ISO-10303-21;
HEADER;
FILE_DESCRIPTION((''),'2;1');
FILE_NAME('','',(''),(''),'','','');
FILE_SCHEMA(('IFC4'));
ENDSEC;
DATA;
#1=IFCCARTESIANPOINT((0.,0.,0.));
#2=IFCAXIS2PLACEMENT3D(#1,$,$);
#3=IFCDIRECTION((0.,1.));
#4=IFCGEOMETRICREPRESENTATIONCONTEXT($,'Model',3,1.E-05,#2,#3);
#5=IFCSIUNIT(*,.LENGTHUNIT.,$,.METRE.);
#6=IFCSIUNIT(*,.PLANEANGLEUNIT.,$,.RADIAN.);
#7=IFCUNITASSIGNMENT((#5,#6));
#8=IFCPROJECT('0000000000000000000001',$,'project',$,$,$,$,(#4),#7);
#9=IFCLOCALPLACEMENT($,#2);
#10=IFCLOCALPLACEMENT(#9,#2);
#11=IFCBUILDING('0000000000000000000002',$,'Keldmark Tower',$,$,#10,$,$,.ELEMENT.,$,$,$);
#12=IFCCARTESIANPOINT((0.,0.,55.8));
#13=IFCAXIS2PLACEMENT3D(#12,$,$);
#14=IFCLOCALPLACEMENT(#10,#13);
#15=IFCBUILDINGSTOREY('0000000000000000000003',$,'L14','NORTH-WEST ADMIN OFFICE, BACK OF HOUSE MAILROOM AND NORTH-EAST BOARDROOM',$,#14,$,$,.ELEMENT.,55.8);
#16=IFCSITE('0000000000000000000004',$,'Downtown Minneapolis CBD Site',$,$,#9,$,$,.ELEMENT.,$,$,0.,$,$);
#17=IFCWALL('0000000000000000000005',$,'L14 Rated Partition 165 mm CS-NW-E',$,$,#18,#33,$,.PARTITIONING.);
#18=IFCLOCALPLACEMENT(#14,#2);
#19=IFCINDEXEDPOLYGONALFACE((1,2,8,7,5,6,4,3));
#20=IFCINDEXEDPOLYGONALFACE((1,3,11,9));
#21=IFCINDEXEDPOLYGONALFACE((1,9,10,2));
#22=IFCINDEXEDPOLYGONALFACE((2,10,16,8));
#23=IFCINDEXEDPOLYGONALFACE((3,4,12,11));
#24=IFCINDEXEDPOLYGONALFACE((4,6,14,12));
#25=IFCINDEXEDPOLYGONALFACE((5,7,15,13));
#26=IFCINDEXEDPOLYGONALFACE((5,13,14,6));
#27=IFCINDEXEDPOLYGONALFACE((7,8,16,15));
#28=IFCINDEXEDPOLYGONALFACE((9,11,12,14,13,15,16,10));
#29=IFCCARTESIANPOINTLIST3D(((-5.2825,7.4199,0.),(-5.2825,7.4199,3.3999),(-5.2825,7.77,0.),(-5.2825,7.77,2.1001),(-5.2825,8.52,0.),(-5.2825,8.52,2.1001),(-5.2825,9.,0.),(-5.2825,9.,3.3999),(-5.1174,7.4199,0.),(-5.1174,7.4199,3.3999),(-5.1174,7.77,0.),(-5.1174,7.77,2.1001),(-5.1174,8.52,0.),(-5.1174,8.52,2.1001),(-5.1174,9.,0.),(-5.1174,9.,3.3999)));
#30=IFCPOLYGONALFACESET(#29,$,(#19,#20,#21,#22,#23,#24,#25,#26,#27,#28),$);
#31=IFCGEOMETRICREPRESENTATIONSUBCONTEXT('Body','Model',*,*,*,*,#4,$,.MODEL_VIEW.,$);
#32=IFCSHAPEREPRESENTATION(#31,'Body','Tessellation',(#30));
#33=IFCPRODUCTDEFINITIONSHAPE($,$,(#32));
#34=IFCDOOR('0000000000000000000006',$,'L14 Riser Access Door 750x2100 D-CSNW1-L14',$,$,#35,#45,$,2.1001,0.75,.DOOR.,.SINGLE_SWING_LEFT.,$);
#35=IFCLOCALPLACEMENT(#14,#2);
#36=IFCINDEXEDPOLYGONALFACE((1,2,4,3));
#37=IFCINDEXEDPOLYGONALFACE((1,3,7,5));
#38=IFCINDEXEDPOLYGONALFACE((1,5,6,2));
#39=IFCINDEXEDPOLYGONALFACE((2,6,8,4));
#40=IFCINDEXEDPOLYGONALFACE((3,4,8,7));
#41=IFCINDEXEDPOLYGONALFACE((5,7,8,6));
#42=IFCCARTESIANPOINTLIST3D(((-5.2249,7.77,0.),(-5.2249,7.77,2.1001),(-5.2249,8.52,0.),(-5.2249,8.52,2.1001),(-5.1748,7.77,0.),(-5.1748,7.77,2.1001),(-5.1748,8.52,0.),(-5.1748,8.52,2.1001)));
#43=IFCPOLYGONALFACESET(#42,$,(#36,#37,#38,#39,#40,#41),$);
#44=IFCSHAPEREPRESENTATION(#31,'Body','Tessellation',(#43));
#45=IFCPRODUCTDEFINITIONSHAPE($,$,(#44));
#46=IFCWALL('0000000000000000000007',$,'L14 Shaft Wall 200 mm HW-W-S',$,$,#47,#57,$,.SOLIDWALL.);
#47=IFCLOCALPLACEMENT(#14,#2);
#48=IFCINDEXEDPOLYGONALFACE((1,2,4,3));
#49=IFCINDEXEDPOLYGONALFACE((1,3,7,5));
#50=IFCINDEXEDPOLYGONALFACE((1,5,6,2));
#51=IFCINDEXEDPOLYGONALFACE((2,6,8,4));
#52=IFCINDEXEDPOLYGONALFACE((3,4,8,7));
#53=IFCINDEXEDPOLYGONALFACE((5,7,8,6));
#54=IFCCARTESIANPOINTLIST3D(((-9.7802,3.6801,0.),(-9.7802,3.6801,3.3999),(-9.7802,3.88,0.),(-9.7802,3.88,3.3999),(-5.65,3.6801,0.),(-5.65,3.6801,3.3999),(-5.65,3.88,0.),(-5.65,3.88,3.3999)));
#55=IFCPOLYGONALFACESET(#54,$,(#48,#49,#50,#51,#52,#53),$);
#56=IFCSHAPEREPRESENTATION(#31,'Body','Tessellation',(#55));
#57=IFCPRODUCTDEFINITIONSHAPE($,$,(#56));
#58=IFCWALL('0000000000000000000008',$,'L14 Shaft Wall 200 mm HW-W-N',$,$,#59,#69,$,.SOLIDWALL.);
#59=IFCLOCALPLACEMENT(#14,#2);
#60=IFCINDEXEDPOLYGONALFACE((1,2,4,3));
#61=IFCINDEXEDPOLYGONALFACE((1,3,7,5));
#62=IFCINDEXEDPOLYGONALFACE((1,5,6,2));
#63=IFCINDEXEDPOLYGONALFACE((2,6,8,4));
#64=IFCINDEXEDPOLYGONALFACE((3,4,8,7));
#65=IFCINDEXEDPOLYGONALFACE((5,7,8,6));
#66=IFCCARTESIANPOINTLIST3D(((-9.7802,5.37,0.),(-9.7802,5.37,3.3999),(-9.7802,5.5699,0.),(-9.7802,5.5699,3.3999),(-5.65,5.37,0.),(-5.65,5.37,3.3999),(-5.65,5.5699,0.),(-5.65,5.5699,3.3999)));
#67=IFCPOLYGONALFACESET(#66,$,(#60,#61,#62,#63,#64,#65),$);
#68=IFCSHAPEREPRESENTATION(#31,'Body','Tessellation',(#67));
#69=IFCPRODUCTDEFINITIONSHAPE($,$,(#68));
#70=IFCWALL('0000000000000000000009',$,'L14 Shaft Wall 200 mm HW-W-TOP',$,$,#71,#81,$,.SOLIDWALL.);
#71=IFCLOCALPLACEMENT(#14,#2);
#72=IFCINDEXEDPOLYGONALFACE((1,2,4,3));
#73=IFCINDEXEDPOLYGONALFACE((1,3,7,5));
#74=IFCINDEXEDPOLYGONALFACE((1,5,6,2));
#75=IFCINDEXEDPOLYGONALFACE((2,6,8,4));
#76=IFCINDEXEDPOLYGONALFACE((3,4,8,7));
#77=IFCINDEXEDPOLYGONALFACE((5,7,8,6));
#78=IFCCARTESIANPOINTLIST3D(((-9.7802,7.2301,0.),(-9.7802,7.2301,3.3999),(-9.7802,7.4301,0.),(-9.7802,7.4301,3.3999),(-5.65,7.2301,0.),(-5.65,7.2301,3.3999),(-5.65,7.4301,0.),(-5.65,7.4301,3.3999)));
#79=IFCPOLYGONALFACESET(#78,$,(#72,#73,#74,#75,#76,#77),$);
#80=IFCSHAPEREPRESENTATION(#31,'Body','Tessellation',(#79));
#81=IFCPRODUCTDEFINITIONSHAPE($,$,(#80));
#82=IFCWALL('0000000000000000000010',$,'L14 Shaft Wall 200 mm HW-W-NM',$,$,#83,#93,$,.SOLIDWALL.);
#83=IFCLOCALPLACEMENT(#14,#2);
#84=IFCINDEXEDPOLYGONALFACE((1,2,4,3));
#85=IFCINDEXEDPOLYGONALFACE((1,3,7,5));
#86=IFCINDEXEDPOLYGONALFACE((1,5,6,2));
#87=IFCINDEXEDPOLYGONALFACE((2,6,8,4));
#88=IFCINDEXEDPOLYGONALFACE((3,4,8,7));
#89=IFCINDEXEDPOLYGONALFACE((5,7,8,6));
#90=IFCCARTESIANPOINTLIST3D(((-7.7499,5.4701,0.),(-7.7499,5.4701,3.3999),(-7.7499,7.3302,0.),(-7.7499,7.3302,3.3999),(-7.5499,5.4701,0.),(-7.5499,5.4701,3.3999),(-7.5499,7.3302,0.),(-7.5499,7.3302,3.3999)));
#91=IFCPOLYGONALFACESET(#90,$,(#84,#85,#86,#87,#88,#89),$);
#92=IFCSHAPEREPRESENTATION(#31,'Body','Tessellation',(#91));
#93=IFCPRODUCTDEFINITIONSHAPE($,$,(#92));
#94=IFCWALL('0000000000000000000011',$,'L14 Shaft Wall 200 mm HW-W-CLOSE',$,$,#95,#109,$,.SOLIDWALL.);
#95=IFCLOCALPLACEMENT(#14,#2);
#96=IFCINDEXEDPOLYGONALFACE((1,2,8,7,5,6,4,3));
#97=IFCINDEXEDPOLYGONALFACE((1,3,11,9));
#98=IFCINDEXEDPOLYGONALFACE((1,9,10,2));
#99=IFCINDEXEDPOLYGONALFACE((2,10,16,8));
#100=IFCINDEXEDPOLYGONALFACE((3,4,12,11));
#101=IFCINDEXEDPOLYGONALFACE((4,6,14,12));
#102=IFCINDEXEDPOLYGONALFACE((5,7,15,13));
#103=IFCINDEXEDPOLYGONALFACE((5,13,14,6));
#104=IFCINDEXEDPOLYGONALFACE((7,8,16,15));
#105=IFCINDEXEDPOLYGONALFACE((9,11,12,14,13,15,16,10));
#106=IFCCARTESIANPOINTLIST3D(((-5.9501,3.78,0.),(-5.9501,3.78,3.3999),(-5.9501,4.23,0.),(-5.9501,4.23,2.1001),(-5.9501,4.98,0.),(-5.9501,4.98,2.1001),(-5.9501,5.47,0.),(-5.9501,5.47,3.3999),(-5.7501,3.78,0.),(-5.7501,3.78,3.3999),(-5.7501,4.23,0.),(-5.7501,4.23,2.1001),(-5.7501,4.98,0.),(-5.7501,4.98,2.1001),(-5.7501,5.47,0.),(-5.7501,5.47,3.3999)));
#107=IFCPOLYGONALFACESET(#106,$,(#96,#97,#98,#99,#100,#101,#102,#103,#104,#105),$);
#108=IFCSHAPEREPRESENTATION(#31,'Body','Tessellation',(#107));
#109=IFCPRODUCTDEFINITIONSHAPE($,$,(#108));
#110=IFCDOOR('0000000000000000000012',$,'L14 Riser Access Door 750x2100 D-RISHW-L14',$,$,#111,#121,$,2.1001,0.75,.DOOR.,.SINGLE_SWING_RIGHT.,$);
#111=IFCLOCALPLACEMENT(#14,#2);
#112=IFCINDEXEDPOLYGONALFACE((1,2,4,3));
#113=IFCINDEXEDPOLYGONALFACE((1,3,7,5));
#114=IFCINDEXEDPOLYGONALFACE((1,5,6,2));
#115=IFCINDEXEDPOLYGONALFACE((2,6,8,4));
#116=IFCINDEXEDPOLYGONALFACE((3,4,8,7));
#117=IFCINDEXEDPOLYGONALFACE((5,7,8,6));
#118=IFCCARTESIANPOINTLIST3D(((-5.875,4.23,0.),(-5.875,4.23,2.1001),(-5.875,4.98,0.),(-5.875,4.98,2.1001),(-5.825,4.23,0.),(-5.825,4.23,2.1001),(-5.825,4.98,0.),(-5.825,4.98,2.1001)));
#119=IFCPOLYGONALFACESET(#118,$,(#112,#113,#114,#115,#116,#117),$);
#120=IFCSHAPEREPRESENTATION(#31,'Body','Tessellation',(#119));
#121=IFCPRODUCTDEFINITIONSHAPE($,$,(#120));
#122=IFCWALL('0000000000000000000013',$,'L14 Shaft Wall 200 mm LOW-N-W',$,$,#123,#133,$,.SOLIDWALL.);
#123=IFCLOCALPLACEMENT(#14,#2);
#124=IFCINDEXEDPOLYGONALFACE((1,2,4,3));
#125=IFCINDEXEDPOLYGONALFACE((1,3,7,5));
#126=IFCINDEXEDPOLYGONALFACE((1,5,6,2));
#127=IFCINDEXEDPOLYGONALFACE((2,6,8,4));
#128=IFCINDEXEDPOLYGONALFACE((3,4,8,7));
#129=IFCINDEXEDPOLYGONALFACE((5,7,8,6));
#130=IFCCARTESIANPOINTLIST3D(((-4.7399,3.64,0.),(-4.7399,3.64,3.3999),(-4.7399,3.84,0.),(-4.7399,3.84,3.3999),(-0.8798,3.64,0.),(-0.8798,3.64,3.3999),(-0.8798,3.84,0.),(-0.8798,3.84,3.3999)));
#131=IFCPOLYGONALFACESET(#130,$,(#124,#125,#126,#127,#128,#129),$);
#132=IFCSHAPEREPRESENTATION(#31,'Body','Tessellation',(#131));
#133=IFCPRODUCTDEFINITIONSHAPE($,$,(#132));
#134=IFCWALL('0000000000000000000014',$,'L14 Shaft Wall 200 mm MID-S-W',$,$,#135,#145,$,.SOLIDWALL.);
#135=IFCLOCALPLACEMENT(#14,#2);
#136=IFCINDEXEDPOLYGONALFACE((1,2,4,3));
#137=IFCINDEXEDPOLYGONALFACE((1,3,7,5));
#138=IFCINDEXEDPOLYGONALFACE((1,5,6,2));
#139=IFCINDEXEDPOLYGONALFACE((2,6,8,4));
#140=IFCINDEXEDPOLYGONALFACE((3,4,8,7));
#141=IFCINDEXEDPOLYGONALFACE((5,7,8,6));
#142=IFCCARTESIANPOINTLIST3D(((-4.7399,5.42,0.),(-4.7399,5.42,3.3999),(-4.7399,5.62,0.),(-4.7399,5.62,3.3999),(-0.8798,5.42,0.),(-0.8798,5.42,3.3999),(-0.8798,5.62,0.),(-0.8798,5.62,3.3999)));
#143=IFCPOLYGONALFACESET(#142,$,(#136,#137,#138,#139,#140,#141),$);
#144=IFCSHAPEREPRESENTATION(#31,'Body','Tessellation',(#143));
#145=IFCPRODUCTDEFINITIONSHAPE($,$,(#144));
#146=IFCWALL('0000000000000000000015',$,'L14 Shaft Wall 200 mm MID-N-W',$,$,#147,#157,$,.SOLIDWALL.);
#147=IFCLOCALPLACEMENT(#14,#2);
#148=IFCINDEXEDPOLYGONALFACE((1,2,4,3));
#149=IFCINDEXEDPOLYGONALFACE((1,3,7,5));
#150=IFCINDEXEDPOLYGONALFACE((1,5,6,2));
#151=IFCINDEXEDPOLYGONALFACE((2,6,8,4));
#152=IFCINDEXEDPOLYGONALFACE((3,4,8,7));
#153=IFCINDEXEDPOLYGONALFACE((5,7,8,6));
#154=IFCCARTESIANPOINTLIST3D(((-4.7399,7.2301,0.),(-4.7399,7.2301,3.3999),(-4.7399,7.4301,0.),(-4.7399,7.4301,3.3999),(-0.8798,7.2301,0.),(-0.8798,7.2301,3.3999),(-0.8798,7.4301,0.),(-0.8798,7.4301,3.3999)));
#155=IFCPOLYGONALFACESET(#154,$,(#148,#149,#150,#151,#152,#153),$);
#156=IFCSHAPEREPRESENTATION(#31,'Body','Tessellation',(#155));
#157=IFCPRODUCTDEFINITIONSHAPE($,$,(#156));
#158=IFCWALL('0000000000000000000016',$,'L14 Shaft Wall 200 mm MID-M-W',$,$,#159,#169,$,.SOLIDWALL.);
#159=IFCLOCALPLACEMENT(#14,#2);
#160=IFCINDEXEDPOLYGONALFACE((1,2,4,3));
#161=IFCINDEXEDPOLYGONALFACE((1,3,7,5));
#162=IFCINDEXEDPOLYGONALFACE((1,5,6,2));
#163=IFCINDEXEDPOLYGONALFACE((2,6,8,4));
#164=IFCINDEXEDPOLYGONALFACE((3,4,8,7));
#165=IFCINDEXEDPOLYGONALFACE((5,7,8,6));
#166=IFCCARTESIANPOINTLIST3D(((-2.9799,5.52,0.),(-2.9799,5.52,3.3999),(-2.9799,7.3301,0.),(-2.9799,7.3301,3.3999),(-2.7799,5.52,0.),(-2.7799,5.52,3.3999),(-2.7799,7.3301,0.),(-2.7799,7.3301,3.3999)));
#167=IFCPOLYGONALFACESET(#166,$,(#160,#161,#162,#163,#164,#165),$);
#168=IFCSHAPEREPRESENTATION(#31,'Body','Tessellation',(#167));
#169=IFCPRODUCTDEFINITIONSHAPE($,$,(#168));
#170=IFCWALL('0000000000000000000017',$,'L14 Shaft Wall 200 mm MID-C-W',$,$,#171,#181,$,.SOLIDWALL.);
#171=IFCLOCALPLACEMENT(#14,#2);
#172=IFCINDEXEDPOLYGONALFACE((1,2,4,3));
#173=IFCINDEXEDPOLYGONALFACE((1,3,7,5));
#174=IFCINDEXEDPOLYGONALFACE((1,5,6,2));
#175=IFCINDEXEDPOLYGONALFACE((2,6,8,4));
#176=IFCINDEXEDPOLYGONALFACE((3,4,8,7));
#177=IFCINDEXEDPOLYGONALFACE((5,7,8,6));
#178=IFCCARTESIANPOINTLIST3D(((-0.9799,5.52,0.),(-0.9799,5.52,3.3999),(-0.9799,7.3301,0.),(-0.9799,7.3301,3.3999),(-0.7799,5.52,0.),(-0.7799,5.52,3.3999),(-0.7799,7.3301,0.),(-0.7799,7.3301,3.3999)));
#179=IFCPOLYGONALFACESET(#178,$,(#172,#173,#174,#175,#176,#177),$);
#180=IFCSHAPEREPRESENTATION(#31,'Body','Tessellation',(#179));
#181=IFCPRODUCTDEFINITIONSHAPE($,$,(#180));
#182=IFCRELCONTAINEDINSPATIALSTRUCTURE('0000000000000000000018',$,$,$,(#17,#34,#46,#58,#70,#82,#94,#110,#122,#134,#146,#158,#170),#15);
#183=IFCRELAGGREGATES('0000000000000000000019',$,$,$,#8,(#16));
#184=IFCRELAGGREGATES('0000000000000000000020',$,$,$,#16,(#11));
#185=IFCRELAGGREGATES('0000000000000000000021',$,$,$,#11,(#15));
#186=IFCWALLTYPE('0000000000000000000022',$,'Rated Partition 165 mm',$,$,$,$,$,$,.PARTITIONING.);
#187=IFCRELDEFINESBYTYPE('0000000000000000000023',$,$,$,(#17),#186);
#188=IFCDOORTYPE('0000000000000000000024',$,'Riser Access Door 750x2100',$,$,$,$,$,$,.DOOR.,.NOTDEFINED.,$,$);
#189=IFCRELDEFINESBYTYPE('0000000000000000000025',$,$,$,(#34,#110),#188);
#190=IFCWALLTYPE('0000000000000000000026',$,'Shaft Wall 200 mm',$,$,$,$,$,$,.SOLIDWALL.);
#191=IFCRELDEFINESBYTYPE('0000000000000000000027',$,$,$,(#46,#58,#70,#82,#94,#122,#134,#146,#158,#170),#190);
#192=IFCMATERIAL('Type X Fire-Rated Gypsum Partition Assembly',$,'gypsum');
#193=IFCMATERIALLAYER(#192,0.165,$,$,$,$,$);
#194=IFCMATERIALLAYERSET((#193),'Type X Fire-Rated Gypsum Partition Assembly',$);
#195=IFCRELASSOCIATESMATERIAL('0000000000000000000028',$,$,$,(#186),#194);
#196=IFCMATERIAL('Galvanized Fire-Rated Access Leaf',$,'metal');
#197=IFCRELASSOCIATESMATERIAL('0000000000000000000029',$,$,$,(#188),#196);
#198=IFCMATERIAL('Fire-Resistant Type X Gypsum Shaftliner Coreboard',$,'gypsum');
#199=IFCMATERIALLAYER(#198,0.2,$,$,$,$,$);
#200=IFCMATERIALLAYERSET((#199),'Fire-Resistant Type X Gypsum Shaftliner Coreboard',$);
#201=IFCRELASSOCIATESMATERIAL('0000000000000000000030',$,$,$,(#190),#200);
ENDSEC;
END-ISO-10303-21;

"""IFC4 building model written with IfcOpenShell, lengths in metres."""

from ifc_helpers import new_model, si_unit, direction, frame, frame_2d, origin, place, context, subcontext, project, spatial, rectangle, extrude, material, layer, layer_set, type_object, element, fill, save


model = new_model("IFC4")

# Units and contexts
model_context = context("Model", 3, precision=1e-05, world=origin(), true_north=direction((0.0, 1.0)))
body_context = subcontext(model_context, "Body", "Model", "MODEL_VIEW")
ifc_project = project(units=[si_unit("LENGTHUNIT", "METRE"), si_unit("PLANEANGLEUNIT", "RADIAN")], contexts=[model_context])

# Site, building, storey
site_placement = place(None, origin())
site = spatial("IfcSite", under=ifc_project, at=site_placement, Name="Downtown Minneapolis CBD Site", CompositionType="ELEMENT", RefElevation=0.0)
building_placement = place(site_placement, origin())
building = spatial("IfcBuilding", under=site, at=building_placement, Name="Keldmark Tower", CompositionType="ELEMENT")
storey_placement = place(building_placement, frame((0.0, 0.0, 55.8)))
storey = spatial("IfcBuildingStorey", under=building, at=storey_placement, Name="L14", Description="NORTH-WEST ADMIN OFFICE, BACK OF HOUSE MAILROOM AND NORTH-EAST BOARDROOM", CompositionType="ELEMENT", Elevation=55.8)

# Wall, opening, door
ifc_material_1 = material(Name="Type X Fire-Rated Gypsum Partition Assembly", Category="gypsum")
ifc_layer_1 = layer(ifc_material_1, 0.165)
ifc_layer_set_1 = layer_set([ifc_layer_1], Name="Type X Fire-Rated Gypsum Partition Assembly")
wall_type_1 = type_object("IfcWallType", Name="Rated Partition 165 mm", PredefinedType="PARTITIONING", material=ifc_layer_set_1)
wall_1_placement = place(storey_placement, frame((-5.2, 7.4199, 0.0), z_axis=(0.0, 0.0, 1.0), x_axis=(0.0, 1.0, 0.0)))
wall_1 = element("IfcWall", 1, at=wall_1_placement, inside=storey, type_object=wall_type_1, Name="L14 Rated Partition 165 mm CS-NW-E", PredefinedType="PARTITIONING", context=body_context, shape_type="SweptSolid", body=[
    extrude(rectangle(XDim=1.5801, YDim=0.165, at=frame_2d((0.79, 0.0))), origin(), (0.0, 0.0, 1.0), 3.3999),
])
opening_1_placement = place(wall_1_placement, frame((0.3501, 0.0, 0.0)))
opening_1 = element("IfcOpeningElement", 2, at=opening_1_placement, cuts=wall_1, PredefinedType="OPENING", context=body_context, shape_type="SweptSolid", body=[
    extrude(rectangle(XDim=0.75, YDim=2.1001, at=frame_2d((0.375, 1.05))), frame((0.0, 0.0925, 0.0), z_axis=(0.0, -1.0, 0.0), x_axis=(1.0, 0.0, 0.0)), (0.0, 0.0, 1.0), 0.1851),
])
ifc_material_2 = material(Name="Galvanized Fire-Rated Access Leaf", Category="metal")
door_type_1 = type_object("IfcDoorType", Name="Riser Access Door 750x2100", OperationType="NOTDEFINED", PredefinedType="DOOR", material=ifc_material_2)
door_1_placement = place(opening_1_placement, origin())
door_1 = element("IfcDoor", 3, at=door_1_placement, inside=storey, type_object=door_type_1, Name="L14 Riser Access Door 750x2100 D-CSNW1-L14", OperationType="SINGLE_SWING_LEFT", OverallHeight=2.1001, OverallWidth=0.75, PredefinedType="DOOR", context=body_context, shape_type="SweptSolid", body=[
    extrude(rectangle(XDim=0.75, YDim=2.1001, at=frame_2d((0.375, 1.05))), frame((0.0, 0.0249, 0.0), z_axis=(0.0, -1.0, 0.0), x_axis=(1.0, 0.0, 0.0)), (0.0, 0.0, 1.0), 0.05),
])
fill(opening_1, door_1)

# Walls
ifc_material_3 = material(Name="Fire-Resistant Type X Gypsum Shaftliner Coreboard", Category="gypsum")
ifc_layer_2 = layer(ifc_material_3, 0.2)
ifc_layer_set_2 = layer_set([ifc_layer_2], Name="Fire-Resistant Type X Gypsum Shaftliner Coreboard")
wall_type_2 = type_object("IfcWallType", Name="Shaft Wall 200 mm", PredefinedType="SOLIDWALL", material=ifc_layer_set_2)
for number, where, z_axis, x_axis, name in (
    (4, (-9.78, 3.78, 0.0), (0.0, 0.0, 1.0), (1.0, 0.0, 0.0), "L14 Shaft Wall 200 mm HW-W-S"),
    (5, (-9.78, 5.47, 0.0), (0.0, 0.0, 1.0), (1.0, 0.0, 0.0), "L14 Shaft Wall 200 mm HW-W-N"),
    (6, (-9.78, 7.3301, 0.0), (0.0, 0.0, 1.0), (1.0, 0.0, 0.0), "L14 Shaft Wall 200 mm HW-W-TOP"),
):
    element("IfcWall", number, at=place(storey_placement, frame(where, z_axis=z_axis, x_axis=x_axis)), inside=storey, type_object=wall_type_2, Name=name, PredefinedType="SOLIDWALL", context=body_context, shape_type="SweptSolid", body=[
        extrude(rectangle(XDim=4.1301, YDim=0.2, at=frame_2d((2.0649, 0.0))), origin(), (0.0, 0.0, 1.0), 3.3999),
    ])
wall_2_placement = place(storey_placement, frame((-7.6499, 5.47, 0.0), z_axis=(0.0, 0.0, 1.0), x_axis=(0.0, 1.0, 0.0)))
element("IfcWall", 7, at=wall_2_placement, inside=storey, type_object=wall_type_2, Name="L14 Shaft Wall 200 mm HW-W-NM", PredefinedType="SOLIDWALL", context=body_context, shape_type="SweptSolid", body=[
    extrude(rectangle(XDim=1.8601, YDim=0.2, at=frame_2d((0.9302, 0.0))), origin(), (0.0, 0.0, 1.0), 3.3999),
])

# Wall, opening, door
wall_3_placement = place(storey_placement, frame((-5.8501, 3.78, 0.0), z_axis=(0.0, 0.0, 1.0), x_axis=(0.0, 1.0, 0.0)))
wall_3 = element("IfcWall", 8, at=wall_3_placement, inside=storey, type_object=wall_type_2, Name="L14 Shaft Wall 200 mm HW-W-CLOSE", PredefinedType="SOLIDWALL", context=body_context, shape_type="SweptSolid", body=[
    extrude(rectangle(XDim=1.6899, YDim=0.2, at=frame_2d((0.845, 0.0))), origin(), (0.0, 0.0, 1.0), 3.3999),
])
opening_2_placement = place(wall_3_placement, frame((0.45, 0.0, 0.0)))
opening_2 = element("IfcOpeningElement", 9, at=opening_2_placement, cuts=wall_3, PredefinedType="OPENING", context=body_context, shape_type="SweptSolid", body=[
    extrude(rectangle(XDim=0.75, YDim=2.1001, at=frame_2d((0.375, 1.05))), frame((0.0, 0.1099, 0.0), z_axis=(0.0, -1.0, 0.0), x_axis=(1.0, 0.0, 0.0)), (0.0, 0.0, 1.0), 0.22),
])
door_2_placement = place(opening_2_placement, origin())
door_2 = element("IfcDoor", 10, at=door_2_placement, inside=storey, type_object=door_type_1, Name="L14 Riser Access Door 750x2100 D-RISHW-L14", OperationType="SINGLE_SWING_RIGHT", OverallHeight=2.1001, OverallWidth=0.75, PredefinedType="DOOR", context=body_context, shape_type="SweptSolid", body=[
    extrude(rectangle(XDim=0.75, YDim=2.1001, at=frame_2d((0.375, 1.05))), frame((0.0, 0.0249, 0.0), z_axis=(0.0, -1.0, 0.0), x_axis=(1.0, 0.0, 0.0)), (0.0, 0.0, 1.0), 0.05),
])
fill(opening_2, door_2)

# Walls
for number, where, z_axis, x_axis, name in (
    (11, (-4.74, 3.74, 0.0), (0.0, 0.0, 1.0), (1.0, 0.0, 0.0), "L14 Shaft Wall 200 mm LOW-N-W"),
    (12, (-4.74, 5.52, 0.0), (0.0, 0.0, 1.0), (1.0, 0.0, 0.0), "L14 Shaft Wall 200 mm MID-S-W"),
    (13, (-4.74, 7.3301, 0.0), (0.0, 0.0, 1.0), (1.0, 0.0, 0.0), "L14 Shaft Wall 200 mm MID-N-W"),
):
    element("IfcWall", number, at=place(storey_placement, frame(where, z_axis=z_axis, x_axis=x_axis)), inside=storey, type_object=wall_type_2, Name=name, PredefinedType="SOLIDWALL", context=body_context, shape_type="SweptSolid", body=[
        extrude(rectangle(XDim=3.8601, YDim=0.2, at=frame_2d((1.9302, 0.0))), origin(), (0.0, 0.0, 1.0), 3.3999),
    ])
for number, where, z_axis, x_axis, name in (
    (14, (-2.8799, 5.52, 0.0), (0.0, 0.0, 1.0), (0.0, 1.0, 0.0), "L14 Shaft Wall 200 mm MID-M-W"),
    (15, (-0.8799, 5.52, 0.0), (0.0, 0.0, 1.0), (0.0, 1.0, 0.0), "L14 Shaft Wall 200 mm MID-C-W"),
):
    element("IfcWall", number, at=place(storey_placement, frame(where, z_axis=z_axis, x_axis=x_axis)), inside=storey, type_object=wall_type_2, Name=name, PredefinedType="SOLIDWALL", context=body_context, shape_type="SweptSolid", body=[
        extrude(rectangle(XDim=1.8101, YDim=0.2, at=frame_2d((0.905, 0.0))), origin(), (0.0, 0.0, 1.0), 3.3999),
    ])

save(model, "model.ifc")
